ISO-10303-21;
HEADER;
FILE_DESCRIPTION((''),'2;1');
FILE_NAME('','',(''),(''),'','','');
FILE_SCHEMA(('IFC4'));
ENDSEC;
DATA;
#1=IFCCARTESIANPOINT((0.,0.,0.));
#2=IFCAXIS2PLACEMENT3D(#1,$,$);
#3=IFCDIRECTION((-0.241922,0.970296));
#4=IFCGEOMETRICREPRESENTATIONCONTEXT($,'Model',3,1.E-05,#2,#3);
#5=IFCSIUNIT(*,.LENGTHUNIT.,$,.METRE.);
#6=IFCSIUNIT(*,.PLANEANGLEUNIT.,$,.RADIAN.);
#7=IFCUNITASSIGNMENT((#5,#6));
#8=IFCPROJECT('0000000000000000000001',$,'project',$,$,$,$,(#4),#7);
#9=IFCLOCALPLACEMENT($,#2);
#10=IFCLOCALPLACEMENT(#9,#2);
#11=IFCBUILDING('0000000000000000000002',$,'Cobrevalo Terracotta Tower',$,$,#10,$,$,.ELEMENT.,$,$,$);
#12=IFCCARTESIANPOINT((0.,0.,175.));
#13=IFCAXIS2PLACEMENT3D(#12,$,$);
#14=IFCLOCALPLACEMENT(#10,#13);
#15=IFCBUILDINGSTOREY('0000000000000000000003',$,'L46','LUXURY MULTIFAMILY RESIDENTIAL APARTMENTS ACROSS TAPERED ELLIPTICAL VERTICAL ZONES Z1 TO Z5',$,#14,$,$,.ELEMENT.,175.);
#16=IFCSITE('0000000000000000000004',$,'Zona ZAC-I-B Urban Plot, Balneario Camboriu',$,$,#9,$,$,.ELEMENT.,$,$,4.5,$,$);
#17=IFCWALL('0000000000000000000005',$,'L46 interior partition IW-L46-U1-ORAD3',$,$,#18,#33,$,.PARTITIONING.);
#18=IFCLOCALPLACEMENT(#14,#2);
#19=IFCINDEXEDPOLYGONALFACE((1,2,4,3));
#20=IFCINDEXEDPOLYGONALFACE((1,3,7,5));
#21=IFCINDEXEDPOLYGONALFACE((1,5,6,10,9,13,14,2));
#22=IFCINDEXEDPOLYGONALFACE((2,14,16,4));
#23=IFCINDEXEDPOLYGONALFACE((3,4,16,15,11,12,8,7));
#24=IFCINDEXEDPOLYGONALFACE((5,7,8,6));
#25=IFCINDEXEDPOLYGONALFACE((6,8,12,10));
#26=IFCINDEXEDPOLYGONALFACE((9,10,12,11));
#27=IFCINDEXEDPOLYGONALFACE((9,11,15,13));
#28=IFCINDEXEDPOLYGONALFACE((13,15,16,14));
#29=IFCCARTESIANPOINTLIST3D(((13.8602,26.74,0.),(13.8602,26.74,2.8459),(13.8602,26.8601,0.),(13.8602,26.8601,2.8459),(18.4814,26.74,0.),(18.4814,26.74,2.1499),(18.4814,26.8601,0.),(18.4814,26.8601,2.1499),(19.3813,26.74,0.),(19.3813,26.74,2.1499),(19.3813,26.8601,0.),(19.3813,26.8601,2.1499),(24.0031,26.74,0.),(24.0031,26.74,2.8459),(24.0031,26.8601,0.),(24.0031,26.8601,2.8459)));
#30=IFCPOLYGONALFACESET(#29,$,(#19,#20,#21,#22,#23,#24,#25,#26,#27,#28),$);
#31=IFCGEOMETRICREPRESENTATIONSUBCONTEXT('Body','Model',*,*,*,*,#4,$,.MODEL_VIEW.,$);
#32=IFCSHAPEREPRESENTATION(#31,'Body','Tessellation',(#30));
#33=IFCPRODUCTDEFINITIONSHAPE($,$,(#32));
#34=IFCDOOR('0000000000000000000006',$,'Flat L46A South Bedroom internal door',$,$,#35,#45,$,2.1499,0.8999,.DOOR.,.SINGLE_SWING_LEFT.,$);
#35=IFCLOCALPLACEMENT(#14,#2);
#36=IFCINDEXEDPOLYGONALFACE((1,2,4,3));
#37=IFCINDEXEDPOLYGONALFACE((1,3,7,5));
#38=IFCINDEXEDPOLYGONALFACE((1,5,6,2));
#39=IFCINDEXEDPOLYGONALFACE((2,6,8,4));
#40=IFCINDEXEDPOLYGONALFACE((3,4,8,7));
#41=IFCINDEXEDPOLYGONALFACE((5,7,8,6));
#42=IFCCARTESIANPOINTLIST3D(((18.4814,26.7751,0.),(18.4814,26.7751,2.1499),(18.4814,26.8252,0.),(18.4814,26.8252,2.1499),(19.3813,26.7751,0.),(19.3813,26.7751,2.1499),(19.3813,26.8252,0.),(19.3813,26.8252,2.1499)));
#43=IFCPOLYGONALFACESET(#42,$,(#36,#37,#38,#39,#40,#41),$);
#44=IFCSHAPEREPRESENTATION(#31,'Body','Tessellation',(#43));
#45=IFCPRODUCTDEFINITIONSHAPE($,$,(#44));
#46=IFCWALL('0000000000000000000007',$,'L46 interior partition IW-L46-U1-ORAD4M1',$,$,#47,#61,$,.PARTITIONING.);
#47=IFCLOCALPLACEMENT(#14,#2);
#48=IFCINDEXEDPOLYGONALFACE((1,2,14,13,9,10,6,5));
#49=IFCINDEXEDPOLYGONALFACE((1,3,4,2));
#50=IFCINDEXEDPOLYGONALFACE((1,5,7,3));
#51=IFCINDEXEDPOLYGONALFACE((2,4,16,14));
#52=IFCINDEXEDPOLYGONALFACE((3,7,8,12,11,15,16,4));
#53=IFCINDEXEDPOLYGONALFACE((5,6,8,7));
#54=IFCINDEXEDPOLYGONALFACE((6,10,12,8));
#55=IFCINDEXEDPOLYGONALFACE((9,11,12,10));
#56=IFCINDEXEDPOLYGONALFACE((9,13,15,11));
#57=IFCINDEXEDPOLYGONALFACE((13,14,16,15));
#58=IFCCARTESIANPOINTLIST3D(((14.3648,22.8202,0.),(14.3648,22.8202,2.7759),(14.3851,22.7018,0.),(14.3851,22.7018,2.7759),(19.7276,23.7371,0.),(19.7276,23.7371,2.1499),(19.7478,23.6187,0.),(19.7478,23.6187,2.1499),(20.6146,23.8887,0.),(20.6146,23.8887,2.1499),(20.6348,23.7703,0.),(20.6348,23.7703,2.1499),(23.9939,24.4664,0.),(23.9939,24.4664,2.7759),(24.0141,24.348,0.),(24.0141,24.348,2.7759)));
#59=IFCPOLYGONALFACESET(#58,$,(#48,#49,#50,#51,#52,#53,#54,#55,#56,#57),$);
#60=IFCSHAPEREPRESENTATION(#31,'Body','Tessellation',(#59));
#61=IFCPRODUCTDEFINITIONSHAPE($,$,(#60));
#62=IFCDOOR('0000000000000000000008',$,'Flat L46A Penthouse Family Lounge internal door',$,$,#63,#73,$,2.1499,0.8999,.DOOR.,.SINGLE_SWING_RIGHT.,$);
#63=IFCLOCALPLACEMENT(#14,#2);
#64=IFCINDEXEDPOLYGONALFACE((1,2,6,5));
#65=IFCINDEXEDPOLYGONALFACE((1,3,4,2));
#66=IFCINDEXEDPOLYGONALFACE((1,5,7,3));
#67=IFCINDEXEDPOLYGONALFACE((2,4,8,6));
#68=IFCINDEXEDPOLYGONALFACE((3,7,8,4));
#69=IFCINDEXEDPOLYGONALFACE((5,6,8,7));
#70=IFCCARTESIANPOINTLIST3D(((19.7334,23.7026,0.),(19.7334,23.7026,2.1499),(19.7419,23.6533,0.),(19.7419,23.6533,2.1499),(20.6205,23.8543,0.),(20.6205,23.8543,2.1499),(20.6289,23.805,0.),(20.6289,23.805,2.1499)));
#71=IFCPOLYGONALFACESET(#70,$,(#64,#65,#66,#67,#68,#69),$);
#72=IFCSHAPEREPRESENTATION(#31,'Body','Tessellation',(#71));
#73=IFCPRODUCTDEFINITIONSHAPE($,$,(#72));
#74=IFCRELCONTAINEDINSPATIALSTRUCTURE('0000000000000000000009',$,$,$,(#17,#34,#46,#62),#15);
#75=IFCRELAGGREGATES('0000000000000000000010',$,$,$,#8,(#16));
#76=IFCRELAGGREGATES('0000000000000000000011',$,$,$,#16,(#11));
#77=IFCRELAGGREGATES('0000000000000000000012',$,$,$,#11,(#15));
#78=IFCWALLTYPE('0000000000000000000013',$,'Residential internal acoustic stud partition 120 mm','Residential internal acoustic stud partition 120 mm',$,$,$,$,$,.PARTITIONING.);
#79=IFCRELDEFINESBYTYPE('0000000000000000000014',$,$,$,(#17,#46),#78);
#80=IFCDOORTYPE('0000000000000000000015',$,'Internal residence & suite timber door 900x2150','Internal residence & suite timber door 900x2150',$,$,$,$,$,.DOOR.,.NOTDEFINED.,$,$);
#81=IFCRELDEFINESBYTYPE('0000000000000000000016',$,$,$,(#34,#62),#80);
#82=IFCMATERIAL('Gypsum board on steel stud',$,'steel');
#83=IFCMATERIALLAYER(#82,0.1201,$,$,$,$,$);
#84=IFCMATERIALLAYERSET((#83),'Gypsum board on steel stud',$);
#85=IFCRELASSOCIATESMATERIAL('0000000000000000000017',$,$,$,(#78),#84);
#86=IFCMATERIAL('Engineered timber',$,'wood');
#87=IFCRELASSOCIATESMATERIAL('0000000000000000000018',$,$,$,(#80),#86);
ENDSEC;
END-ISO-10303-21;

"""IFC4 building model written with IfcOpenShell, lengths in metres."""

from ifc_helpers import new_model, si_unit, direction, frame, frame_2d, origin, place, context, subcontext, project, spatial, rectangle, extrude, source, transform, mapped, material, layer, layer_set, type_object, element, fill, save


model = new_model("IFC4")

# Units and contexts
model_context = context("Model", 3, precision=1e-05, world=origin(), true_north=direction((-0.241922, 0.970296)))
body_context = subcontext(model_context, "Body", "Model", "MODEL_VIEW")
ifc_project = project(units=[si_unit("LENGTHUNIT", "METRE"), si_unit("PLANEANGLEUNIT", "RADIAN")], contexts=[model_context])

# Site, building, storey
site_placement = place(None, origin())
site = spatial("IfcSite", under=ifc_project, at=site_placement, Name="Zona ZAC-I-B Urban Plot, Balneario Camboriu", CompositionType="ELEMENT", RefElevation=4.5)
building_placement = place(site_placement, origin())
building = spatial("IfcBuilding", under=site, at=building_placement, Name="Cobrevalo Terracotta Tower", CompositionType="ELEMENT")
storey_placement = place(building_placement, frame((0.0, 0.0, 175.0)))
storey = spatial("IfcBuildingStorey", under=building, at=storey_placement, Name="L46", Description="LUXURY MULTIFAMILY RESIDENTIAL APARTMENTS ACROSS TAPERED ELLIPTICAL VERTICAL ZONES Z1 TO Z5", CompositionType="ELEMENT", Elevation=175.0)

# Walls, openings, doors
ifc_material_1 = material(Name="Gypsum board on steel stud", Category="steel")
ifc_layer_1 = layer(ifc_material_1, 0.1201)
ifc_layer_set_1 = layer_set([ifc_layer_1], Name="Gypsum board on steel stud")
wall_type = type_object("IfcWallType", Name="Residential internal acoustic stud partition 120 mm", Description="Residential internal acoustic stud partition 120 mm", PredefinedType="PARTITIONING", material=ifc_layer_set_1)
wall_1_placement = place(storey_placement, frame((24.0029, 26.8, 0.0), z_axis=(0.0, 0.0, 1.0), x_axis=(-1.0, 0.0, 0.0)))
wall_1 = element("IfcWall", 1, at=wall_1_placement, inside=storey, type_object=wall_type, Name="L46 interior partition IW-L46-U1-ORAD3", PredefinedType="PARTITIONING", context=body_context, shape_type="SweptSolid", body=[
    extrude(rectangle(XDim=10.1428, YDim=0.1201, at=frame_2d((5.0713, 0.0))), origin(), (0.0, 0.0, 1.0), 2.8459),
])
opening_1_placement = place(wall_1_placement, frame((4.6216, 0.0, 0.0)))
opening_1 = element("IfcOpeningElement", 2, at=opening_1_placement, cuts=wall_1, PredefinedType="OPENING", context=body_context, shape_type="SweptSolid", body=[
    extrude(rectangle(XDim=0.8999, YDim=2.1499, at=frame_2d((0.45, 1.075))), frame((0.0, 0.0701, 0.0), z_axis=(0.0, -1.0, 0.0), x_axis=(1.0, 0.0, 0.0)), (0.0, 0.0, 1.0), 0.1401),
])
ifc_material_2 = material(Name="Engineered timber", Category="wood")
door_type = type_object("IfcDoorType", Name="Internal residence & suite timber door 900x2150", Description="Internal residence & suite timber door 900x2150", OperationType="NOTDEFINED", PredefinedType="DOOR", material=ifc_material_2)
shared_shape_1 = source(origin(), body_context, "Body", "SweptSolid", [
    extrude(rectangle(XDim=0.8999, YDim=2.1499, at=frame_2d((0.45, 1.075))), frame((0.0, 0.0249, 0.0), z_axis=(0.0, -1.0, 0.0), x_axis=(1.0, 0.0, 0.0)), (0.0, 0.0, 1.0), 0.05),
])
door_1_placement = place(opening_1_placement, origin())
door_1 = element("IfcDoor", 3, at=door_1_placement, inside=storey, type_object=door_type, Name="Flat L46A South Bedroom internal door", OperationType="SINGLE_SWING_LEFT", OverallHeight=2.1499, OverallWidth=0.8999, PredefinedType="DOOR", context=body_context, shape_type="MappedRepresentation", body=[
    mapped(shared_shape_1, transform((0.0, 0.0, 0.0), scale=1.0)),
])
fill(opening_1, door_1)
wall_2_placement = place(storey_placement, frame((24.0039, 24.4072, 0.0), z_axis=(0.0, 0.0, 1.0), x_axis=(-0.985698, -0.168519, 0.0)))
wall_2 = element("IfcWall", 4, at=wall_2_placement, inside=storey, type_object=wall_type, Name="L46 interior partition IW-L46-U1-ORAD4M1", PredefinedType="PARTITIONING", context=body_context, shape_type="SweptSolid", body=[
    extrude(rectangle(XDim=9.7688, YDim=0.1201, at=frame_2d((4.8843, 0.0))), origin(), (0.0, 0.0, 1.0), 2.7759),
])
opening_2_placement = place(wall_2_placement, frame((3.4282, 0.0, 0.0)))
opening_2 = element("IfcOpeningElement", 5, at=opening_2_placement, cuts=wall_2, PredefinedType="OPENING", context=body_context, shape_type="SweptSolid", body=[
    extrude(rectangle(XDim=0.8999, YDim=2.1499, at=frame_2d((0.45, 1.075))), frame((0.0, 0.0701, 0.0), z_axis=(0.0, -1.0, 0.0), x_axis=(1.0, 0.0, 0.0)), (0.0, 0.0, 1.0), 0.1401),
])
door_2_placement = place(opening_2_placement, origin())
door_2 = element("IfcDoor", 6, at=door_2_placement, inside=storey, type_object=door_type, Name="Flat L46A Penthouse Family Lounge internal door", OperationType="SINGLE_SWING_RIGHT", OverallHeight=2.1499, OverallWidth=0.8999, PredefinedType="DOOR", context=body_context, shape_type="MappedRepresentation", body=[
    mapped(shared_shape_1, transform((0.0, 0.0, 0.0), scale=1.0)),
])
fill(opening_2, door_2)

save(model, "model.ifc")
